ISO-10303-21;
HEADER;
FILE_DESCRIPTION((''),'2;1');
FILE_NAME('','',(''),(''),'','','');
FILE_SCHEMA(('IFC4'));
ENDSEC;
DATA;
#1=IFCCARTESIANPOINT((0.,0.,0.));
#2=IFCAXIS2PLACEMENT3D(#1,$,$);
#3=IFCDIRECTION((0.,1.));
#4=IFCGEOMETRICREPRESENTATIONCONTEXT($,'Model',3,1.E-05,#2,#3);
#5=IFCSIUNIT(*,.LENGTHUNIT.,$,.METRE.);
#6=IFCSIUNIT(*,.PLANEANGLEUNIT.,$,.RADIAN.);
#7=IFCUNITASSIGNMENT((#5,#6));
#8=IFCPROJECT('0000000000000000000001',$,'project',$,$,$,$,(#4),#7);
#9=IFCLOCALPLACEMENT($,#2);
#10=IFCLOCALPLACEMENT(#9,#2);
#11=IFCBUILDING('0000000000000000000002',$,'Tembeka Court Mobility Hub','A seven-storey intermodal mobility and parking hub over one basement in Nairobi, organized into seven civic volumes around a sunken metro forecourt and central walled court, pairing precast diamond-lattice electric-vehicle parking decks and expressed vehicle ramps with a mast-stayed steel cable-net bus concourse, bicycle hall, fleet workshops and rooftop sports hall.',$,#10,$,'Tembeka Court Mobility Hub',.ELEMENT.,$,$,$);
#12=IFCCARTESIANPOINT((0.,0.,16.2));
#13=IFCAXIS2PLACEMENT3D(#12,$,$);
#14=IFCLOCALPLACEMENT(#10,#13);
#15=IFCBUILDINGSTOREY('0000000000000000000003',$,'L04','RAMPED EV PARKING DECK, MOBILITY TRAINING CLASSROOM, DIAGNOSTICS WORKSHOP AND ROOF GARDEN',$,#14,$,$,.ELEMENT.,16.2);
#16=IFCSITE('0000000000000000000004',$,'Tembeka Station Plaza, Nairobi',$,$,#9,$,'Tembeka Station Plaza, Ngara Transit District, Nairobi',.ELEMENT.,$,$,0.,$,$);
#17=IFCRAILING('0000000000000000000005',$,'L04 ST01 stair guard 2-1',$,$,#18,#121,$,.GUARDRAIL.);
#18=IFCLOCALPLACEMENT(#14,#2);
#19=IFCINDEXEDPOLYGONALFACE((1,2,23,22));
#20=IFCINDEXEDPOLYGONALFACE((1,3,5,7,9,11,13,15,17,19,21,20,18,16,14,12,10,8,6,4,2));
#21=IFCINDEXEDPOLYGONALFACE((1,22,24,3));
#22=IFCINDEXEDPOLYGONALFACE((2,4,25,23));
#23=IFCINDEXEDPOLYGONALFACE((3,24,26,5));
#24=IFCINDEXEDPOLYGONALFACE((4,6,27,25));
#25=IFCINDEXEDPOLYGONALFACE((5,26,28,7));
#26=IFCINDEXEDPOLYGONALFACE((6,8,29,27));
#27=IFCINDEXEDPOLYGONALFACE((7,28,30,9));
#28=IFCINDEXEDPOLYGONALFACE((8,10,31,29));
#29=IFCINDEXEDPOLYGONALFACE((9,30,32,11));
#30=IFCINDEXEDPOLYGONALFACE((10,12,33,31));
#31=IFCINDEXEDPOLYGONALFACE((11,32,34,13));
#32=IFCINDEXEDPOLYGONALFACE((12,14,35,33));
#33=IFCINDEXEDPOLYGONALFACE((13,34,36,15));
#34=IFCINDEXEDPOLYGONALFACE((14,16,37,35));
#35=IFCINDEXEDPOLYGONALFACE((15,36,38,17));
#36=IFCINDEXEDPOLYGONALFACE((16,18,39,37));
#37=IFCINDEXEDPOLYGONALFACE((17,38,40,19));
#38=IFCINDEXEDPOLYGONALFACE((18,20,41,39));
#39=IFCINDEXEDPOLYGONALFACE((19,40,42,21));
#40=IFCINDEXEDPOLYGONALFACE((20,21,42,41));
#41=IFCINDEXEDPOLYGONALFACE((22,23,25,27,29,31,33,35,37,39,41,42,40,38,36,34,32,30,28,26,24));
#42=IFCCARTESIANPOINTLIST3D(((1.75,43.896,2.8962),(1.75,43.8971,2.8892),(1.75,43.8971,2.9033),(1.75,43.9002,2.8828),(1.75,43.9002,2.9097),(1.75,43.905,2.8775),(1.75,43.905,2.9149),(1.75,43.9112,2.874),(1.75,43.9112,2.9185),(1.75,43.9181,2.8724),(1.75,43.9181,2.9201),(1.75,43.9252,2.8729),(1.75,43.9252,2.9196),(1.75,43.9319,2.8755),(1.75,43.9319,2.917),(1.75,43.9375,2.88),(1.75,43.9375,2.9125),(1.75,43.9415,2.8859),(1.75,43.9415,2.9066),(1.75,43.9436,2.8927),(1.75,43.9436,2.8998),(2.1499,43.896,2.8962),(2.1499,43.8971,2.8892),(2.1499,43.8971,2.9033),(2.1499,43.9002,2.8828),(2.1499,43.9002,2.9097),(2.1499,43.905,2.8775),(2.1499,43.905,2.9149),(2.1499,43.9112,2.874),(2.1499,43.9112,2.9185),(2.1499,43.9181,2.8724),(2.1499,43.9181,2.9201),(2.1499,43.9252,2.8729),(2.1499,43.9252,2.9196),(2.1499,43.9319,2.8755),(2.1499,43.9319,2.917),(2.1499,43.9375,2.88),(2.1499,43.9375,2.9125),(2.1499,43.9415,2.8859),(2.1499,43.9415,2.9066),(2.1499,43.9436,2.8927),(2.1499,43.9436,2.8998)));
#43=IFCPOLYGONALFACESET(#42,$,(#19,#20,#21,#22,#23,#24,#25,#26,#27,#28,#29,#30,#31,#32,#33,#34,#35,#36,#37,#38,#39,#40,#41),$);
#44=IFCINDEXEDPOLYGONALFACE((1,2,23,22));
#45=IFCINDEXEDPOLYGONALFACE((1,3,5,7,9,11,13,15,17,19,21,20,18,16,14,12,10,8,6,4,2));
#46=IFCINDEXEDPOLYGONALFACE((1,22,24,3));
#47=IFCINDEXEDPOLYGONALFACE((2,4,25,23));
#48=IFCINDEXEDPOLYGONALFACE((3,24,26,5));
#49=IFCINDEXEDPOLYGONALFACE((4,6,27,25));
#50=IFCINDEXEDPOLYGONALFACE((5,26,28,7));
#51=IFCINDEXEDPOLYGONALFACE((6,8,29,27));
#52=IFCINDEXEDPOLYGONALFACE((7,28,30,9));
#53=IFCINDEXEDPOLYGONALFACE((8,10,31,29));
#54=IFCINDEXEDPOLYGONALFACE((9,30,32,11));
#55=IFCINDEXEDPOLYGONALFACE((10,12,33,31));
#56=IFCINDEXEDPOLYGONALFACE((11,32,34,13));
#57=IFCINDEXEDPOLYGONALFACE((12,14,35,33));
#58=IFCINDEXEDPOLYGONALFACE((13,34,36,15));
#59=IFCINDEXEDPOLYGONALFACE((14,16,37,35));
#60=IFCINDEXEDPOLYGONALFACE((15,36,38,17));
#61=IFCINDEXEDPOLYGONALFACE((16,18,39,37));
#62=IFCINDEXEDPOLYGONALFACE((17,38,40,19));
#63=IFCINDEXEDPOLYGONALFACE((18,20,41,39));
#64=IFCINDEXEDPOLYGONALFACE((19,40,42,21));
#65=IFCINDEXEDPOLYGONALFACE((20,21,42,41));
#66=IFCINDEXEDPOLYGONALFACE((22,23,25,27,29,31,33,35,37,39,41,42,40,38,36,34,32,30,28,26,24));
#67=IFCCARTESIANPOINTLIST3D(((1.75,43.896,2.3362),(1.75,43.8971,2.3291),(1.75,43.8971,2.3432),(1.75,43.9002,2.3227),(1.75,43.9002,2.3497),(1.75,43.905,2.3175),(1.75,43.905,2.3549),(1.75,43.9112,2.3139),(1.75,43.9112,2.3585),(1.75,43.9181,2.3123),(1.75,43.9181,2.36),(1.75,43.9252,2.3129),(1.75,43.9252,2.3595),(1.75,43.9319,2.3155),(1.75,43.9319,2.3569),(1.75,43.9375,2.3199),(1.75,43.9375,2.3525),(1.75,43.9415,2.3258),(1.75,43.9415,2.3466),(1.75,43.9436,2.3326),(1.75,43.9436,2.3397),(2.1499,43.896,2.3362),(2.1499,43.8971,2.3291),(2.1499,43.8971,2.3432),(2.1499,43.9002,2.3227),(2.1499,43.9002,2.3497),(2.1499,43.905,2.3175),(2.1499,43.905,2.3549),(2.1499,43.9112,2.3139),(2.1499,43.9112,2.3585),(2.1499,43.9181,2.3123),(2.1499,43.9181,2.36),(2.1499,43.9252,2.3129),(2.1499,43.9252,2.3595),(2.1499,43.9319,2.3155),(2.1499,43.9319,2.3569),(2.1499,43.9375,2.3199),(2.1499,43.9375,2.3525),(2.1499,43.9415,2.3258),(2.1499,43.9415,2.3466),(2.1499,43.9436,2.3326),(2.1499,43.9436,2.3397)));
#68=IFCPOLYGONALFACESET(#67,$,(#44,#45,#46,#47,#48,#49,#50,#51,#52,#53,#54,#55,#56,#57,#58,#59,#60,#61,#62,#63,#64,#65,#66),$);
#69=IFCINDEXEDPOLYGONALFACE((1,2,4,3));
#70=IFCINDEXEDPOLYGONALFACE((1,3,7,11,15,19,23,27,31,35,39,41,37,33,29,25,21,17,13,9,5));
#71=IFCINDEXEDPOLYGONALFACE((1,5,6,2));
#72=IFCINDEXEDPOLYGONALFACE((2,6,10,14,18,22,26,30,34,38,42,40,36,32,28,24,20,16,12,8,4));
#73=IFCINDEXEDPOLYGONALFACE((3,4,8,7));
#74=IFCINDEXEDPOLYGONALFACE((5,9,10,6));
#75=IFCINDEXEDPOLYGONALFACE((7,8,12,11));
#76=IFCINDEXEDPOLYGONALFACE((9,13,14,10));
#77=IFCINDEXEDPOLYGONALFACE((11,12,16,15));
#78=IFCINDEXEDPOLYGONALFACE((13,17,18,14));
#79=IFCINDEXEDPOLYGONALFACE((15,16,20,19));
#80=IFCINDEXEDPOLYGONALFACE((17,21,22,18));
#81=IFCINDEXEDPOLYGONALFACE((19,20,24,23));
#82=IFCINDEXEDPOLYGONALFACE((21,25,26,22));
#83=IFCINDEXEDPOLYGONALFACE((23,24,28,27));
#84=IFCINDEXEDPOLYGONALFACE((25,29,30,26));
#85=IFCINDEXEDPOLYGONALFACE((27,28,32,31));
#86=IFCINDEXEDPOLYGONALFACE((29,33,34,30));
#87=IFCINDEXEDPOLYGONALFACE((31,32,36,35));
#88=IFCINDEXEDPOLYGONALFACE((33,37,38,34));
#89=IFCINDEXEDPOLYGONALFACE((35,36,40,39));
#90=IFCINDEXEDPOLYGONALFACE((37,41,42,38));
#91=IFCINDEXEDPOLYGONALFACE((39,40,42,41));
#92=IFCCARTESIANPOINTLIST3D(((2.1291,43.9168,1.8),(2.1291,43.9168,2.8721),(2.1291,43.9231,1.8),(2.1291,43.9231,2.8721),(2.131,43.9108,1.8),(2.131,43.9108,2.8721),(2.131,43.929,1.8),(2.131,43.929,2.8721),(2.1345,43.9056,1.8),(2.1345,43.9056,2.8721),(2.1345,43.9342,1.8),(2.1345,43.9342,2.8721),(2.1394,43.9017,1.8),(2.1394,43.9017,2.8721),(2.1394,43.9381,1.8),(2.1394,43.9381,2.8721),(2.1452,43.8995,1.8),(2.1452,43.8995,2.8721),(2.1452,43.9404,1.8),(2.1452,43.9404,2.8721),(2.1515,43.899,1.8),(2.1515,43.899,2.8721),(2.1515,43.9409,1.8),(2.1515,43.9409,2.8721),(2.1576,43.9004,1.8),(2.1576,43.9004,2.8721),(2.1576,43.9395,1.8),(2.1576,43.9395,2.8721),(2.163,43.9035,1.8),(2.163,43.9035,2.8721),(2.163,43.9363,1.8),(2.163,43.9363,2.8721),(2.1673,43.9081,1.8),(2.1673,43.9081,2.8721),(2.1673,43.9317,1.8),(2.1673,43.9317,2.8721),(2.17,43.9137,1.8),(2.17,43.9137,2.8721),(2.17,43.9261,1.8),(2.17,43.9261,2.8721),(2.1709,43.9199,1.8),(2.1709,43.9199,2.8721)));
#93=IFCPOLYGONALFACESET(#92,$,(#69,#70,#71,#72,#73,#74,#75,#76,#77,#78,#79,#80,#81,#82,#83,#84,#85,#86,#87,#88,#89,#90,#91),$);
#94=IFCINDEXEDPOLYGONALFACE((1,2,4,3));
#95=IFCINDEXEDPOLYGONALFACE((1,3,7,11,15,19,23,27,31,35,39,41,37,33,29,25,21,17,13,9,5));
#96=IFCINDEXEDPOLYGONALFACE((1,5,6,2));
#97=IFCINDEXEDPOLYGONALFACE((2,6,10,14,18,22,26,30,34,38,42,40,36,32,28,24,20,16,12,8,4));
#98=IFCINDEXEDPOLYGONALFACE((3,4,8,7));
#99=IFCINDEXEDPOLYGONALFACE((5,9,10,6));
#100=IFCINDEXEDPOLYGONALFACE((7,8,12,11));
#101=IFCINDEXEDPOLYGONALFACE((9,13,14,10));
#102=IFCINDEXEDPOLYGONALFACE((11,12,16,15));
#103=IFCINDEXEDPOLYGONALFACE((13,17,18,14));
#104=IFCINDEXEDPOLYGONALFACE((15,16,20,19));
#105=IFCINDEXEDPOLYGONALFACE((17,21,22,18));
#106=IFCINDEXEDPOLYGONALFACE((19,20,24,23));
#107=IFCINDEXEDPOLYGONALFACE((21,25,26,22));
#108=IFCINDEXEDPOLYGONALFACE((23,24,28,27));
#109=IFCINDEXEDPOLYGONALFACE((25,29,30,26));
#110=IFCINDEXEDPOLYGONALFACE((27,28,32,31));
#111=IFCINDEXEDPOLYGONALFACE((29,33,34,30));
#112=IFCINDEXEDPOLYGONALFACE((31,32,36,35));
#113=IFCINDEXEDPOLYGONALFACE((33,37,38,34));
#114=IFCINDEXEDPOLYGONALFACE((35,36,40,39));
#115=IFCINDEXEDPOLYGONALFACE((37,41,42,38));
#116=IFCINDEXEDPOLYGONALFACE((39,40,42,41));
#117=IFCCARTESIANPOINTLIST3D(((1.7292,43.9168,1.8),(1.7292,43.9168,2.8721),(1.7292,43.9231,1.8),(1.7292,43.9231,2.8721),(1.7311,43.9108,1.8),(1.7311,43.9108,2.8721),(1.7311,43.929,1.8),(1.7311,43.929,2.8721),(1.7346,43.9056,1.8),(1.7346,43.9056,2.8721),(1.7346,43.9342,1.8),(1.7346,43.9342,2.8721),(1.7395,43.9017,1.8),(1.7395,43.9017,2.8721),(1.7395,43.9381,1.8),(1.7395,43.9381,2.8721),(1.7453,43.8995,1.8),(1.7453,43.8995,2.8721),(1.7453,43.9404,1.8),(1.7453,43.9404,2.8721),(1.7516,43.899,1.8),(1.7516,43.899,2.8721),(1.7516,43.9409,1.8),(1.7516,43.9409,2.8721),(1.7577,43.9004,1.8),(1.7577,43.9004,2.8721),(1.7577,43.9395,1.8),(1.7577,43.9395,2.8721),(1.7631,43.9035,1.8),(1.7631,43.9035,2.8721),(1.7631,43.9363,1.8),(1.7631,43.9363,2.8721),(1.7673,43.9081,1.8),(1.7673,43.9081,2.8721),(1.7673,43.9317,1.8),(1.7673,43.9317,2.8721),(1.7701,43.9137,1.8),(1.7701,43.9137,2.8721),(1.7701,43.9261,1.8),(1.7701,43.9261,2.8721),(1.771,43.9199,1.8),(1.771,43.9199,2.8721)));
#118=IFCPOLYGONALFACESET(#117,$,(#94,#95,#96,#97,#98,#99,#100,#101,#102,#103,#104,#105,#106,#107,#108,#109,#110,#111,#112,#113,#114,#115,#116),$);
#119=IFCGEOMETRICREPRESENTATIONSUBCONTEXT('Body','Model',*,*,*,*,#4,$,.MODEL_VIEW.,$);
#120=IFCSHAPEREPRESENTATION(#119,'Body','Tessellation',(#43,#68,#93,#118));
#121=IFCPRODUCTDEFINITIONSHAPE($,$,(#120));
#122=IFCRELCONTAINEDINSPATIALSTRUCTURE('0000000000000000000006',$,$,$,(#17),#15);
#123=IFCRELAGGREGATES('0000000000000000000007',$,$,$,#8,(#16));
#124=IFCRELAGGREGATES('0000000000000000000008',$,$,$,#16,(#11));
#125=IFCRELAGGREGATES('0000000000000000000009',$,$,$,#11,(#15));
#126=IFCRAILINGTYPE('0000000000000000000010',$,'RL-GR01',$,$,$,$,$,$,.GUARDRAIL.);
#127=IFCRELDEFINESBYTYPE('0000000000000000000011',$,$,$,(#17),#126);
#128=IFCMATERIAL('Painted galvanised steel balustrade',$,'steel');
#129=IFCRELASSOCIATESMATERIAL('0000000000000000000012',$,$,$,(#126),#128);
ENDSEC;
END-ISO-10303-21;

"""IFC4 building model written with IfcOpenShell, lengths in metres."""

from ifc_helpers import new_model, si_unit, direction, frame, origin, origin_2d, place, context, subcontext, project, spatial, circle, extrude, material, type_object, element, save


model = new_model("IFC4")

# Units and contexts
model_context = context("Model", 3, precision=1e-05, world=origin(), true_north=direction((0.0, 1.0)))
body_context = subcontext(model_context, "Body", "Model", "MODEL_VIEW")
ifc_project = project(units=[si_unit("LENGTHUNIT", "METRE"), si_unit("PLANEANGLEUNIT", "RADIAN")], contexts=[model_context])

# Site, building, storey
site_placement = place(None, origin())
site = spatial("IfcSite", under=ifc_project, at=site_placement, Name="Tembeka Station Plaza, Nairobi", LongName="Tembeka Station Plaza, Ngara Transit District, Nairobi", CompositionType="ELEMENT", RefElevation=0.0)
building_placement = place(site_placement, origin())
building = spatial("IfcBuilding", under=site, at=building_placement, Name="Tembeka Court Mobility Hub", Description="A seven-storey intermodal mobility and parking hub over one basement in Nairobi, organized into seven civic volumes around a sunken metro forecourt and central walled court, pairing precast diamond-lattice electric-vehicle parking decks and expressed vehicle ramps with a mast-stayed steel cable-net bus concourse, bicycle hall, fleet workshops and rooftop sports hall.", LongName="Tembeka Court Mobility Hub", CompositionType="ELEMENT")
storey_placement = place(building_placement, frame((0.0, 0.0, 16.2)))
storey = spatial("IfcBuildingStorey", under=building, at=storey_placement, Name="L04", Description="RAMPED EV PARKING DECK, MOBILITY TRAINING CLASSROOM, DIAGNOSTICS WORKSHOP AND ROOF GARDEN", CompositionType="ELEMENT", Elevation=16.2)

# Railing
ifc_material_1 = material(Name="Painted galvanised steel balustrade", Category="steel")
railing_type_1 = type_object("IfcRailingType", Name="RL-GR01", PredefinedType="GUARDRAIL", material=ifc_material_1)
railing_1_placement = place(storey_placement, frame((2.1499, 43.9199, 1.8)))
element("IfcRailing", 1, at=railing_1_placement, inside=storey, type_object=railing_type_1, Name="L04 ST01 stair guard 2-1", PredefinedType="GUARDRAIL", context=body_context, shape_type="SweptSolid", body=[
    extrude(circle(Radius=0.0239, at=origin_2d()), frame((0.0, 0.0, 1.0962), z_axis=(-1.0, 0.0, 0.0), x_axis=(0.0, -1.0, 0.0)), (0.0, 0.0, 1.0), 0.3999),
    extrude(circle(Radius=0.0239, at=origin_2d()), frame((0.0, 0.0, 0.5361), z_axis=(-1.0, 0.0, 0.0), x_axis=(0.0, -1.0, 0.0)), (0.0, 0.0, 1.0), 0.3999),
    extrude(circle(Radius=0.021, at=origin_2d()), origin(), (0.0, 0.0, 1.0), 1.072),
    extrude(circle(Radius=0.021, at=origin_2d()), frame((-0.3999, 0.0, 0.0)), (0.0, 0.0, 1.0), 1.072),
])

save(model, "model.ifc")
